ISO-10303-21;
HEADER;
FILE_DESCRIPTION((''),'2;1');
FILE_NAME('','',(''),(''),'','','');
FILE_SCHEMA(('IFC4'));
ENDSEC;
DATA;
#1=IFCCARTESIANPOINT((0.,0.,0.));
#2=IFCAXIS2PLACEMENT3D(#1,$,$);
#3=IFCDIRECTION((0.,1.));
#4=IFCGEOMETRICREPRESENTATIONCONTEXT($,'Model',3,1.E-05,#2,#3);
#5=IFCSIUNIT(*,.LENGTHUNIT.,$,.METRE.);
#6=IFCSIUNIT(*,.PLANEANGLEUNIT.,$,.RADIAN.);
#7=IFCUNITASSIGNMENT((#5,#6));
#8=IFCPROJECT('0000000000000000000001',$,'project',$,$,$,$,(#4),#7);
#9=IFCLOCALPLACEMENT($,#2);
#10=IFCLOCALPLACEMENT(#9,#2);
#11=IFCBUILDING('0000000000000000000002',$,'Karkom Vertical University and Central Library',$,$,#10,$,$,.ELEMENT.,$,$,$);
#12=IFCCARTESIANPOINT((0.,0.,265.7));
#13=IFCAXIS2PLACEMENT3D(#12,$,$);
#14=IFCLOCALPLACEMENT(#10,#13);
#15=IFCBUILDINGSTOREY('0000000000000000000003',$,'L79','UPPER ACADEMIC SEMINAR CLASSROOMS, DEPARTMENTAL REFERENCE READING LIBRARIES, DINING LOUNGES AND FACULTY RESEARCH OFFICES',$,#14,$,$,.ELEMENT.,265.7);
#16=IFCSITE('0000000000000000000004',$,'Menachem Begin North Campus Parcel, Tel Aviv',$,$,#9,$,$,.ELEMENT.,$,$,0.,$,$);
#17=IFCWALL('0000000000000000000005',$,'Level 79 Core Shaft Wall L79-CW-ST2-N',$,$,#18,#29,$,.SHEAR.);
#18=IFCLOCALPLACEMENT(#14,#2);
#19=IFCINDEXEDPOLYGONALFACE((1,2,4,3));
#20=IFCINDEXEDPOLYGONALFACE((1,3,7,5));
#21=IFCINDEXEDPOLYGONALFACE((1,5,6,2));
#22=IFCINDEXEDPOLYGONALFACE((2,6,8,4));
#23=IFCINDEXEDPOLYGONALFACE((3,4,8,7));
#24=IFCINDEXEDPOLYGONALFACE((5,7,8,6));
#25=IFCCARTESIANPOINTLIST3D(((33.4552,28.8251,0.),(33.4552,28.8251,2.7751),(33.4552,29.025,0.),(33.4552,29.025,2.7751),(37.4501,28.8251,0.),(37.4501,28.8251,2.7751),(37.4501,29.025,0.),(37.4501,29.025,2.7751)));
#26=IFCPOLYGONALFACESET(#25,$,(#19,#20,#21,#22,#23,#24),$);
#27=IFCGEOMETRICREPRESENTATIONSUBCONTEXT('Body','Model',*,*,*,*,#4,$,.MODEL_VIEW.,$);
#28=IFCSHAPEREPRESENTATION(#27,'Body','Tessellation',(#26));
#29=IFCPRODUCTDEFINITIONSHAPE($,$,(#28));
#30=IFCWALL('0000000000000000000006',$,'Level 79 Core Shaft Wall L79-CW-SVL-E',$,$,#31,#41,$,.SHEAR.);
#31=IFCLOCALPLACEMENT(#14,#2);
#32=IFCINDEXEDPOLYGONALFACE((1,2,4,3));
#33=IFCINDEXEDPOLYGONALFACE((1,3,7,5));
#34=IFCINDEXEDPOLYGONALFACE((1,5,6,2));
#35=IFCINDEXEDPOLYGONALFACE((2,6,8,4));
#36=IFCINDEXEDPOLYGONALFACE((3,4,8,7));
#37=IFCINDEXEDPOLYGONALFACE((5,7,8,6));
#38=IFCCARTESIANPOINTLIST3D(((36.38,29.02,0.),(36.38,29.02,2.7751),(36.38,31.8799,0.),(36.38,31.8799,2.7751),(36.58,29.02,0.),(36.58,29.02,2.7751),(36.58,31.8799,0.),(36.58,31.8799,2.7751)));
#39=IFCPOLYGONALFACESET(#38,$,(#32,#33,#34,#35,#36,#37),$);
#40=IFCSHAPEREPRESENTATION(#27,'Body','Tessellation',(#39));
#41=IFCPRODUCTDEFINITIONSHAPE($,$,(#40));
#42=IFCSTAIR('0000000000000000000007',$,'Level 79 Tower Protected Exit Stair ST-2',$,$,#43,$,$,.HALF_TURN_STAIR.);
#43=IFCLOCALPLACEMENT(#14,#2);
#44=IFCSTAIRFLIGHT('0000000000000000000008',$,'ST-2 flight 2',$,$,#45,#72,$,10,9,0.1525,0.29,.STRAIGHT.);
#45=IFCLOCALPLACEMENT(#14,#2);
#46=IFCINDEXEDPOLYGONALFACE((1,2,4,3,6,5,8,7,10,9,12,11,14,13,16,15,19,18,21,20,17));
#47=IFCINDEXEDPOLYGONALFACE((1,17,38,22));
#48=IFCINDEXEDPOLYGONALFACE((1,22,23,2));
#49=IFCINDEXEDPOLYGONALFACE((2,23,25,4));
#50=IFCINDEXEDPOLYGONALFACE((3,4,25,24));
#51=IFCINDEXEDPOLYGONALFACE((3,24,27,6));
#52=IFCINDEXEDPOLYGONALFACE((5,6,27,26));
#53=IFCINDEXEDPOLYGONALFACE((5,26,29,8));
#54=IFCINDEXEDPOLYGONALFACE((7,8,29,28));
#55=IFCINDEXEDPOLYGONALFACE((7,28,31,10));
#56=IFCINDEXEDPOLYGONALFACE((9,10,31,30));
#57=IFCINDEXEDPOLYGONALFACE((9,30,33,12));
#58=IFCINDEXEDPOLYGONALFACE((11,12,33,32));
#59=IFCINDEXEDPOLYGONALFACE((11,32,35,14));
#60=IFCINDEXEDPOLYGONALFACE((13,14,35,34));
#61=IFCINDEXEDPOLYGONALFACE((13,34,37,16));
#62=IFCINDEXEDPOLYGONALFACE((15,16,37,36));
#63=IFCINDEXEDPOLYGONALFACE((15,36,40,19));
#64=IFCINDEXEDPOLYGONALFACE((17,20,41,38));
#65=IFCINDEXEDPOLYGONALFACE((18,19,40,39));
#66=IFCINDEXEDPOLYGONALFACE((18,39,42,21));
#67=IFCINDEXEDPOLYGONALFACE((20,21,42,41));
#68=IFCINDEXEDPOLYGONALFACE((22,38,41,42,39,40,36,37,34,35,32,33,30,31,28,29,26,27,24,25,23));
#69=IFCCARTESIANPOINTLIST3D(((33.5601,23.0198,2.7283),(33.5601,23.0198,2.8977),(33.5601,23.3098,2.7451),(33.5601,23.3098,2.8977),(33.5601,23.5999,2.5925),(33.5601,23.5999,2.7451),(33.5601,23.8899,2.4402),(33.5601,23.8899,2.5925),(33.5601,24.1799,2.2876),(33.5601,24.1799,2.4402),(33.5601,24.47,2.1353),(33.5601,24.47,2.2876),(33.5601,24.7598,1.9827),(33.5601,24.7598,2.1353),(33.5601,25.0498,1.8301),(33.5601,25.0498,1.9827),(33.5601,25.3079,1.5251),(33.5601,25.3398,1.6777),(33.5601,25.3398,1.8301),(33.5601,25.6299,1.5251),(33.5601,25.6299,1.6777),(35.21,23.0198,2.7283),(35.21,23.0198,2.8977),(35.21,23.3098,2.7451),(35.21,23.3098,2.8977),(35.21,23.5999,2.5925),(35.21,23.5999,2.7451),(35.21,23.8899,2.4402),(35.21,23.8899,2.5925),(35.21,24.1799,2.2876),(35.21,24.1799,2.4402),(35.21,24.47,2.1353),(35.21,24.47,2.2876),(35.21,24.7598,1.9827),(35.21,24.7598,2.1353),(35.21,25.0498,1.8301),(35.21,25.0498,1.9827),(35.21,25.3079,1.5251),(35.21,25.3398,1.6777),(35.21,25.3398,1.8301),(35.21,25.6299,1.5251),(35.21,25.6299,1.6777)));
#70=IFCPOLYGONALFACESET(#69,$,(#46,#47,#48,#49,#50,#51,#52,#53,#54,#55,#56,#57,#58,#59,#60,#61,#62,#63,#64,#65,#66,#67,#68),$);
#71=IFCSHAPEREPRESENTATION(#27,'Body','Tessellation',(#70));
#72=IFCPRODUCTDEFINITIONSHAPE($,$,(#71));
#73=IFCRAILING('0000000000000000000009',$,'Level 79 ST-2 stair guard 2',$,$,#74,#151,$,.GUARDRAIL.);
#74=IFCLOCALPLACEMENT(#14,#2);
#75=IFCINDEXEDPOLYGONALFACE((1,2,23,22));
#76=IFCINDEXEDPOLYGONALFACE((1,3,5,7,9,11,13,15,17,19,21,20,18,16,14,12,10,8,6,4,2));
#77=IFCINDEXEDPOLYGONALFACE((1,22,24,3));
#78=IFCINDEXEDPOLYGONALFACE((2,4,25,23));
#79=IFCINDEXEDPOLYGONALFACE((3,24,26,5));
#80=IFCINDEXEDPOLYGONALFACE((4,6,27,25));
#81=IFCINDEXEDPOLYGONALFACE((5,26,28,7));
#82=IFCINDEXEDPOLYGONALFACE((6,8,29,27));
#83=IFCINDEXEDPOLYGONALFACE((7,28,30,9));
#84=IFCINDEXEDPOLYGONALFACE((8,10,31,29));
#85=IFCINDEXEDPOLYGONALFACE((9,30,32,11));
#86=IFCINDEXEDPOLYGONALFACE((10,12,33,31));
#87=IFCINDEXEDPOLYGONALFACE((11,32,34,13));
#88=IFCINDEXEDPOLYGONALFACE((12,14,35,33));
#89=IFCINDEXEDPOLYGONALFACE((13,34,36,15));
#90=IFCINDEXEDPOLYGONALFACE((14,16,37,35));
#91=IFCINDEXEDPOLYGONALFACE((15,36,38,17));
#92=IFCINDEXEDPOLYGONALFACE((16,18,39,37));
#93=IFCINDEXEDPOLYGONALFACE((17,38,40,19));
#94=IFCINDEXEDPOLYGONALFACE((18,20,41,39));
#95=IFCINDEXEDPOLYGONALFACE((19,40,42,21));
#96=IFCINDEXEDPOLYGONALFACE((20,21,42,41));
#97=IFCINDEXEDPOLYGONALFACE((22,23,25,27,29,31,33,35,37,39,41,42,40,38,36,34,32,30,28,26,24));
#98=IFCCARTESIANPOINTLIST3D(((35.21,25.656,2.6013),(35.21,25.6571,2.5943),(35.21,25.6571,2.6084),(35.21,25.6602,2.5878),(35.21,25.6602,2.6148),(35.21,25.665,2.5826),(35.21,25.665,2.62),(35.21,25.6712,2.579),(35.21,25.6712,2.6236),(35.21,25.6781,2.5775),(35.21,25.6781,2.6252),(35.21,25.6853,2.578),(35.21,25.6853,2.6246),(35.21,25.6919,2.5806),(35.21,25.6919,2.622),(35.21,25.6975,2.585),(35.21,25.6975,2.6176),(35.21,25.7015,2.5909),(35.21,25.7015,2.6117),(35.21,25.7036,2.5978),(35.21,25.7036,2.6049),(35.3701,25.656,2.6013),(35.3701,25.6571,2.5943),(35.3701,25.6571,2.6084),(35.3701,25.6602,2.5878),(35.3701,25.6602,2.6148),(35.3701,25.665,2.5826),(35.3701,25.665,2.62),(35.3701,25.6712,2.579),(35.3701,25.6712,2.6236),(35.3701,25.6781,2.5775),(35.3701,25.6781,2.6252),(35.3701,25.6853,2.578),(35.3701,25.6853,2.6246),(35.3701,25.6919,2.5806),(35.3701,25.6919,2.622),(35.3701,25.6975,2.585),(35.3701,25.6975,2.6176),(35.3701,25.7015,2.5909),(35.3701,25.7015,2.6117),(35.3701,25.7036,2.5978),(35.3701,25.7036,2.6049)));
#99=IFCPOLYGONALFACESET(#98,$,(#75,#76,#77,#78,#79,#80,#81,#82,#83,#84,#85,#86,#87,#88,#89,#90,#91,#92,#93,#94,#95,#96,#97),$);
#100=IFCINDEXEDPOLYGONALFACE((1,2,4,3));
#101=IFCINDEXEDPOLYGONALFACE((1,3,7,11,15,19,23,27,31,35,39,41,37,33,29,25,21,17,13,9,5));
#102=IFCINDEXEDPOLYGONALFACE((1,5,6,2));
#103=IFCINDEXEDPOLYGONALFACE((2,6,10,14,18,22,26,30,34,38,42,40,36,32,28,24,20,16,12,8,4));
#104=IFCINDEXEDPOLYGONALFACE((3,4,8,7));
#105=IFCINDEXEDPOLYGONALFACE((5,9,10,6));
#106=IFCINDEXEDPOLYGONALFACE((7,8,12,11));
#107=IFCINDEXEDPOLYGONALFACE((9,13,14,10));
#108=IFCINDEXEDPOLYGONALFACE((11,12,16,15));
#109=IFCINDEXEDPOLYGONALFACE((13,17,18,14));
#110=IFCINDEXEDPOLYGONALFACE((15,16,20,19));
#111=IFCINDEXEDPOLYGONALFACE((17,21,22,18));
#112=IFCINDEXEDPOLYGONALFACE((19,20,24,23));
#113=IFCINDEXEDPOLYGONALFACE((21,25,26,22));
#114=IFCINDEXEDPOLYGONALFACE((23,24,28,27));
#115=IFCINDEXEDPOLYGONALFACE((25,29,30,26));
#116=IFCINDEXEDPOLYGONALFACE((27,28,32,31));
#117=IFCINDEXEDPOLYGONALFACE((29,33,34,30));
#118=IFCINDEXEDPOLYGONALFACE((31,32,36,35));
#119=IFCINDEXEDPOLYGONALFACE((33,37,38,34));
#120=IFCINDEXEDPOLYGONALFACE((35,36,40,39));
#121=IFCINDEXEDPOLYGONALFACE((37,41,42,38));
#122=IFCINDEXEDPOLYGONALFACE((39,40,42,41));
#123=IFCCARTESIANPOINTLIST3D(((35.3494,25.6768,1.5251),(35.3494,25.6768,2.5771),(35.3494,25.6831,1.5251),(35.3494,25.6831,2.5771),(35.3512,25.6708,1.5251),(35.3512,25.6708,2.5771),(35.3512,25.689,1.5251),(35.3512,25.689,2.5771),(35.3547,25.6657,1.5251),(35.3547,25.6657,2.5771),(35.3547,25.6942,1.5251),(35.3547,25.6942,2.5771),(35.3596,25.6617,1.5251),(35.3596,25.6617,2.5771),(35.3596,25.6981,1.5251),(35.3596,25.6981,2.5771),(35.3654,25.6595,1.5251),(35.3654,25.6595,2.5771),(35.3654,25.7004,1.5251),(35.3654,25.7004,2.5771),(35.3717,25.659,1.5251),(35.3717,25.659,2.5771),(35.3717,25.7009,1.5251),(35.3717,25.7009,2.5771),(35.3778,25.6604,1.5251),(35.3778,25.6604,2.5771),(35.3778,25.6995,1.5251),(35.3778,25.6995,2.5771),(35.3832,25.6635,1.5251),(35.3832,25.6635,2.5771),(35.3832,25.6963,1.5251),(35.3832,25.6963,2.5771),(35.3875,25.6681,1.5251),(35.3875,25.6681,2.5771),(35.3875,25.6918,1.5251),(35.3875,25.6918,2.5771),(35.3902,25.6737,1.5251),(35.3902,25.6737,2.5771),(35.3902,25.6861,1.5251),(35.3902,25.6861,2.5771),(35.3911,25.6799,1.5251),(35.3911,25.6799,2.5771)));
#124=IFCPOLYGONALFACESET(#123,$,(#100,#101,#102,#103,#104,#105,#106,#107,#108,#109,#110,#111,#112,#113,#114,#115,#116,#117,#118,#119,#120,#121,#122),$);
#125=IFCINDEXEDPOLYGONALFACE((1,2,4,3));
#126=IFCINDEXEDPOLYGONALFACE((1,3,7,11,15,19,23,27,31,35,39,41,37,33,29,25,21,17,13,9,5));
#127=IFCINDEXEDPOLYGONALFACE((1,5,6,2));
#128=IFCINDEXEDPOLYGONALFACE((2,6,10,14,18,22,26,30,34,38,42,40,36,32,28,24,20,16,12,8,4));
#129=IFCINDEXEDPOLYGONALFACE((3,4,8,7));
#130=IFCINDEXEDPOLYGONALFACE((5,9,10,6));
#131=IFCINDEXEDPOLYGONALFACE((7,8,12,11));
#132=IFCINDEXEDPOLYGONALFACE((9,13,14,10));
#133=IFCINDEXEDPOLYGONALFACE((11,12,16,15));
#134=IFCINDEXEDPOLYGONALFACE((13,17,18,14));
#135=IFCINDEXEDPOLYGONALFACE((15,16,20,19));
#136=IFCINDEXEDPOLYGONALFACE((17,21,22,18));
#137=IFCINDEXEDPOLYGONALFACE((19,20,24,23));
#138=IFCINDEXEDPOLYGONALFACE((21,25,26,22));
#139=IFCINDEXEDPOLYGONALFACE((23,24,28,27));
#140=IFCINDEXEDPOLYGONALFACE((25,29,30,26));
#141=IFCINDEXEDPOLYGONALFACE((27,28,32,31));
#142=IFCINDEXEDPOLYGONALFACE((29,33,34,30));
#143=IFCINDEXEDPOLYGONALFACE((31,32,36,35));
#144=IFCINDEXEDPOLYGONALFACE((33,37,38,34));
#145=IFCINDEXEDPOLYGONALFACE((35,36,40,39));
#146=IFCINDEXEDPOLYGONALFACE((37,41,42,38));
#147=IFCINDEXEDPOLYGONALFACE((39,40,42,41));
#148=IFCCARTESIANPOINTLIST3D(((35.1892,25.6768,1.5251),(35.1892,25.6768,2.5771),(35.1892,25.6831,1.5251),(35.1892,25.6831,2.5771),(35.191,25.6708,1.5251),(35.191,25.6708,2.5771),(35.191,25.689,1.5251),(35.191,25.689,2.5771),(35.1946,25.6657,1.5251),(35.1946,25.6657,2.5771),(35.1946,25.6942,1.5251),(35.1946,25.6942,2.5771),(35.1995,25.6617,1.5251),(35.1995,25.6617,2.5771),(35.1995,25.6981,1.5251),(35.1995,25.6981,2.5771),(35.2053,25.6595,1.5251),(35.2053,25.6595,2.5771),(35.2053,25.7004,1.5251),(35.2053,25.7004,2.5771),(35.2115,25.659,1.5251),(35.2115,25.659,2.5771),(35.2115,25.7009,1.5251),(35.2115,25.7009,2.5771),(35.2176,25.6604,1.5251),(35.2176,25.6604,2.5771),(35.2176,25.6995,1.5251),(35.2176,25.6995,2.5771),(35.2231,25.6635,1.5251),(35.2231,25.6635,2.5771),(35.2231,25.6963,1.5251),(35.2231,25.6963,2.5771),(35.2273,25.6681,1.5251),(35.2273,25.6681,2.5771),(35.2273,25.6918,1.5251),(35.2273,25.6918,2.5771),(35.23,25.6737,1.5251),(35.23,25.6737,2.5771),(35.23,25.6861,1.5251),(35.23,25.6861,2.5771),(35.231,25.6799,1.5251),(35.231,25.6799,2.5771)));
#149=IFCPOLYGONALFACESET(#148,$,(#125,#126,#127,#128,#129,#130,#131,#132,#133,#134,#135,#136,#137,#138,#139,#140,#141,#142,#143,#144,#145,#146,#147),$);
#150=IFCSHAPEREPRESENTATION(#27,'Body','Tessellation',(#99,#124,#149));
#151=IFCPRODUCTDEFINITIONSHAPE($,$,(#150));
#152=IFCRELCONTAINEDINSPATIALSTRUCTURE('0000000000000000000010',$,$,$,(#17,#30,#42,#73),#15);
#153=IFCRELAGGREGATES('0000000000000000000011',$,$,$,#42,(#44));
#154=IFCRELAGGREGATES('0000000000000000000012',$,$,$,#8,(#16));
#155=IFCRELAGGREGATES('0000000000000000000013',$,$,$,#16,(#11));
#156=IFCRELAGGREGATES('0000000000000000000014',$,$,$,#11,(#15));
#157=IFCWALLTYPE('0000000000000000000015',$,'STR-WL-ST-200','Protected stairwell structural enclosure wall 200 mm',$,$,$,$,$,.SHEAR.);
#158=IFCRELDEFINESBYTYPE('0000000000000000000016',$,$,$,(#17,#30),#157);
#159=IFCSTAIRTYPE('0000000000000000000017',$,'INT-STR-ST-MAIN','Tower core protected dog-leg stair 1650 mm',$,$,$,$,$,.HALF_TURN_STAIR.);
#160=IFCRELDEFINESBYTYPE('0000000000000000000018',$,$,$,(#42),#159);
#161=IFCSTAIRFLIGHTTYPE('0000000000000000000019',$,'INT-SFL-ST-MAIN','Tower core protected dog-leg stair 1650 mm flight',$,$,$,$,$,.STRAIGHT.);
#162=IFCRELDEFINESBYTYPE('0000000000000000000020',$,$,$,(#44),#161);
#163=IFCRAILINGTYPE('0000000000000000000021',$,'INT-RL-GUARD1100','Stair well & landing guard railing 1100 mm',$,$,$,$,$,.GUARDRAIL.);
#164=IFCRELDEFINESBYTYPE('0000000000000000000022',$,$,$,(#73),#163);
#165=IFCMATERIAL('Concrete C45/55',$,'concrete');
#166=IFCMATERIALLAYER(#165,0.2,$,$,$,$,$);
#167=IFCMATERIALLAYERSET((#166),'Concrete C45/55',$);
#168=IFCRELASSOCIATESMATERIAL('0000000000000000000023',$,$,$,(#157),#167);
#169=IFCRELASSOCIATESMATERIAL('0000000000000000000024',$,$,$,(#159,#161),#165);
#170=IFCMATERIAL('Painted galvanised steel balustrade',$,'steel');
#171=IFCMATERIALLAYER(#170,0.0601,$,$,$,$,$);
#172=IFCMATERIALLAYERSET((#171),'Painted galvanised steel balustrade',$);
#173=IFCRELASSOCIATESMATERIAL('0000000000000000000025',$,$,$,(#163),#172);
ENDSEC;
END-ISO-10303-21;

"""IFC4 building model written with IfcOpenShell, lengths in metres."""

from ifc_helpers import new_model, si_unit, direction, frame, frame_2d, origin, origin_2d, place, context, subcontext, project, spatial, polyline, rectangle, circle, outline, extrude, material, layer, layer_set, type_object, element, aggregate, save


model = new_model("IFC4")

# Units and contexts
model_context = context("Model", 3, precision=1e-05, world=origin(), true_north=direction((0.0, 1.0)))
body_context = subcontext(model_context, "Body", "Model", "MODEL_VIEW")
ifc_project = project(units=[si_unit("LENGTHUNIT", "METRE"), si_unit("PLANEANGLEUNIT", "RADIAN")], contexts=[model_context])

# Site, building, storey
site_placement = place(None, origin())
site = spatial("IfcSite", under=ifc_project, at=site_placement, Name="Menachem Begin North Campus Parcel, Tel Aviv", CompositionType="ELEMENT", RefElevation=0.0)
building_placement = place(site_placement, origin())
building = spatial("IfcBuilding", under=site, at=building_placement, Name="Karkom Vertical University and Central Library", CompositionType="ELEMENT")
storey_placement = place(building_placement, frame((0.0, 0.0, 265.7)))
storey = spatial("IfcBuildingStorey", under=building, at=storey_placement, Name="L79", Description="UPPER ACADEMIC SEMINAR CLASSROOMS, DEPARTMENTAL REFERENCE READING LIBRARIES, DINING LOUNGES AND FACULTY RESEARCH OFFICES", CompositionType="ELEMENT", Elevation=265.7)

# Walls
ifc_material_1 = material(Name="Concrete C45/55", Category="concrete")
ifc_layer_1 = layer(ifc_material_1, 0.2)
ifc_layer_set_1 = layer_set([ifc_layer_1], Name="Concrete C45/55")
wall_type_1 = type_object("IfcWallType", Name="STR-WL-ST-200", Description="Protected stairwell structural enclosure wall 200 mm", PredefinedType="SHEAR", material=ifc_layer_set_1)
wall_1_placement = place(storey_placement, frame((33.4551, 28.925, 0.0), z_axis=(0.0, 0.0, 1.0), x_axis=(1.0, 0.0, 0.0)))
element("IfcWall", 1, at=wall_1_placement, inside=storey, type_object=wall_type_1, Name="Level 79 Core Shaft Wall L79-CW-ST2-N", PredefinedType="SHEAR", context=body_context, shape_type="SweptSolid", body=[
    extrude(rectangle(XDim=3.9949, YDim=0.2, at=frame_2d((1.9976, 0.0))), origin(), (0.0, 0.0, 1.0), 2.7751),
])
wall_2_placement = place(storey_placement, frame((36.48, 29.02, 0.0), z_axis=(0.0, 0.0, 1.0), x_axis=(0.0, 1.0, 0.0)))
element("IfcWall", 2, at=wall_2_placement, inside=storey, type_object=wall_type_1, Name="Level 79 Core Shaft Wall L79-CW-SVL-E", PredefinedType="SHEAR", context=body_context, shape_type="SweptSolid", body=[
    extrude(rectangle(XDim=2.8599, YDim=0.2, at=frame_2d((1.4299, 0.0))), origin(), (0.0, 0.0, 1.0), 2.7751),
])

# Stair, stair flight
stair_type = type_object("IfcStairType", Name="INT-STR-ST-MAIN", Description="Tower core protected dog-leg stair 1650 mm", PredefinedType="HALF_TURN_STAIR", material=ifc_material_1)
stair_placement = place(storey_placement, origin())
stair = element("IfcStair", 3, at=stair_placement, inside=storey, type_object=stair_type, Name="Level 79 Tower Protected Exit Stair ST-2", PredefinedType="HALF_TURN_STAIR")
stair_flight_type = type_object("IfcStairFlightType", Name="INT-SFL-ST-MAIN", Description="Tower core protected dog-leg stair 1650 mm flight", PredefinedType="STRAIGHT", material=ifc_material_1)
stair_flight_placement = place(storey_placement, frame((34.385, 25.6299, 1.5251), z_axis=(0.0, 0.0, 1.0), x_axis=(0.0, -1.0, 0.0)))
stair_flight = element("IfcStairFlight", 4, at=stair_flight_placement, type_object=stair_flight_type, Name="ST-2 flight 2", NumberOfRisers=10, NumberOfTreads=9, PredefinedType="STRAIGHT", RiserHeight=0.1525, TreadLength=0.29, context=body_context, shape_type="SweptSolid", body=[
    extrude(outline(polyline([(0.0, 0.0), (0.0, 0.1526), (0.29, 0.1526), (0.29, 0.3049), (0.5801, 0.3049), (0.5801, 0.4575), (0.8701, 0.4575), (0.8701, 0.6101), (1.1599, 0.6101), (1.1599, 0.7625), (1.45, 0.7625), (1.45, 0.915), (1.74, 0.915), (1.74, 1.0674), (2.03, 1.0674), (2.03, 1.22), (2.3201, 1.22), (2.3201, 1.3726), (2.6101, 1.3726), (2.6101, 1.5249), (2.6101, 1.2031), (0.322, 0.0), (0.0, 0.0)])), frame((0.0, 0.825, 0.0), z_axis=(0.0, -1.0, 0.0), x_axis=(1.0, 0.0, 0.0)), (0.0, 0.0, 1.0), 1.6499),
])
aggregate(stair, [stair_flight])

# Railing
ifc_material_2 = material(Name="Painted galvanised steel balustrade", Category="steel")
ifc_layer_2 = layer(ifc_material_2, 0.0601)
ifc_layer_set_2 = layer_set([ifc_layer_2], Name="Painted galvanised steel balustrade")
railing_type_1 = type_object("IfcRailingType", Name="INT-RL-GUARD1100", Description="Stair well & landing guard railing 1100 mm", PredefinedType="GUARDRAIL", material=ifc_layer_set_2)
railing_1_placement = place(storey_placement, frame((35.3701, 25.6799, 1.5251)))
element("IfcRailing", 5, at=railing_1_placement, inside=storey, type_object=railing_type_1, Name="Level 79 ST-2 stair guard 2", PredefinedType="GUARDRAIL", context=body_context, shape_type="SweptSolid", body=[
    extrude(circle(Radius=0.0239, at=origin_2d()), frame((0.0, 0.0, 1.0762), z_axis=(-1.0, 0.0, 0.0), x_axis=(0.0, -1.0, 0.0)), (0.0, 0.0, 1.0), 0.1602),
    extrude(circle(Radius=0.021, at=origin_2d()), origin(), (0.0, 0.0, 1.0), 1.052),
    extrude(circle(Radius=0.021, at=origin_2d()), frame((-0.1602, 0.0, 0.0)), (0.0, 0.0, 1.0), 1.052),
])

save(model, "model.ifc")
